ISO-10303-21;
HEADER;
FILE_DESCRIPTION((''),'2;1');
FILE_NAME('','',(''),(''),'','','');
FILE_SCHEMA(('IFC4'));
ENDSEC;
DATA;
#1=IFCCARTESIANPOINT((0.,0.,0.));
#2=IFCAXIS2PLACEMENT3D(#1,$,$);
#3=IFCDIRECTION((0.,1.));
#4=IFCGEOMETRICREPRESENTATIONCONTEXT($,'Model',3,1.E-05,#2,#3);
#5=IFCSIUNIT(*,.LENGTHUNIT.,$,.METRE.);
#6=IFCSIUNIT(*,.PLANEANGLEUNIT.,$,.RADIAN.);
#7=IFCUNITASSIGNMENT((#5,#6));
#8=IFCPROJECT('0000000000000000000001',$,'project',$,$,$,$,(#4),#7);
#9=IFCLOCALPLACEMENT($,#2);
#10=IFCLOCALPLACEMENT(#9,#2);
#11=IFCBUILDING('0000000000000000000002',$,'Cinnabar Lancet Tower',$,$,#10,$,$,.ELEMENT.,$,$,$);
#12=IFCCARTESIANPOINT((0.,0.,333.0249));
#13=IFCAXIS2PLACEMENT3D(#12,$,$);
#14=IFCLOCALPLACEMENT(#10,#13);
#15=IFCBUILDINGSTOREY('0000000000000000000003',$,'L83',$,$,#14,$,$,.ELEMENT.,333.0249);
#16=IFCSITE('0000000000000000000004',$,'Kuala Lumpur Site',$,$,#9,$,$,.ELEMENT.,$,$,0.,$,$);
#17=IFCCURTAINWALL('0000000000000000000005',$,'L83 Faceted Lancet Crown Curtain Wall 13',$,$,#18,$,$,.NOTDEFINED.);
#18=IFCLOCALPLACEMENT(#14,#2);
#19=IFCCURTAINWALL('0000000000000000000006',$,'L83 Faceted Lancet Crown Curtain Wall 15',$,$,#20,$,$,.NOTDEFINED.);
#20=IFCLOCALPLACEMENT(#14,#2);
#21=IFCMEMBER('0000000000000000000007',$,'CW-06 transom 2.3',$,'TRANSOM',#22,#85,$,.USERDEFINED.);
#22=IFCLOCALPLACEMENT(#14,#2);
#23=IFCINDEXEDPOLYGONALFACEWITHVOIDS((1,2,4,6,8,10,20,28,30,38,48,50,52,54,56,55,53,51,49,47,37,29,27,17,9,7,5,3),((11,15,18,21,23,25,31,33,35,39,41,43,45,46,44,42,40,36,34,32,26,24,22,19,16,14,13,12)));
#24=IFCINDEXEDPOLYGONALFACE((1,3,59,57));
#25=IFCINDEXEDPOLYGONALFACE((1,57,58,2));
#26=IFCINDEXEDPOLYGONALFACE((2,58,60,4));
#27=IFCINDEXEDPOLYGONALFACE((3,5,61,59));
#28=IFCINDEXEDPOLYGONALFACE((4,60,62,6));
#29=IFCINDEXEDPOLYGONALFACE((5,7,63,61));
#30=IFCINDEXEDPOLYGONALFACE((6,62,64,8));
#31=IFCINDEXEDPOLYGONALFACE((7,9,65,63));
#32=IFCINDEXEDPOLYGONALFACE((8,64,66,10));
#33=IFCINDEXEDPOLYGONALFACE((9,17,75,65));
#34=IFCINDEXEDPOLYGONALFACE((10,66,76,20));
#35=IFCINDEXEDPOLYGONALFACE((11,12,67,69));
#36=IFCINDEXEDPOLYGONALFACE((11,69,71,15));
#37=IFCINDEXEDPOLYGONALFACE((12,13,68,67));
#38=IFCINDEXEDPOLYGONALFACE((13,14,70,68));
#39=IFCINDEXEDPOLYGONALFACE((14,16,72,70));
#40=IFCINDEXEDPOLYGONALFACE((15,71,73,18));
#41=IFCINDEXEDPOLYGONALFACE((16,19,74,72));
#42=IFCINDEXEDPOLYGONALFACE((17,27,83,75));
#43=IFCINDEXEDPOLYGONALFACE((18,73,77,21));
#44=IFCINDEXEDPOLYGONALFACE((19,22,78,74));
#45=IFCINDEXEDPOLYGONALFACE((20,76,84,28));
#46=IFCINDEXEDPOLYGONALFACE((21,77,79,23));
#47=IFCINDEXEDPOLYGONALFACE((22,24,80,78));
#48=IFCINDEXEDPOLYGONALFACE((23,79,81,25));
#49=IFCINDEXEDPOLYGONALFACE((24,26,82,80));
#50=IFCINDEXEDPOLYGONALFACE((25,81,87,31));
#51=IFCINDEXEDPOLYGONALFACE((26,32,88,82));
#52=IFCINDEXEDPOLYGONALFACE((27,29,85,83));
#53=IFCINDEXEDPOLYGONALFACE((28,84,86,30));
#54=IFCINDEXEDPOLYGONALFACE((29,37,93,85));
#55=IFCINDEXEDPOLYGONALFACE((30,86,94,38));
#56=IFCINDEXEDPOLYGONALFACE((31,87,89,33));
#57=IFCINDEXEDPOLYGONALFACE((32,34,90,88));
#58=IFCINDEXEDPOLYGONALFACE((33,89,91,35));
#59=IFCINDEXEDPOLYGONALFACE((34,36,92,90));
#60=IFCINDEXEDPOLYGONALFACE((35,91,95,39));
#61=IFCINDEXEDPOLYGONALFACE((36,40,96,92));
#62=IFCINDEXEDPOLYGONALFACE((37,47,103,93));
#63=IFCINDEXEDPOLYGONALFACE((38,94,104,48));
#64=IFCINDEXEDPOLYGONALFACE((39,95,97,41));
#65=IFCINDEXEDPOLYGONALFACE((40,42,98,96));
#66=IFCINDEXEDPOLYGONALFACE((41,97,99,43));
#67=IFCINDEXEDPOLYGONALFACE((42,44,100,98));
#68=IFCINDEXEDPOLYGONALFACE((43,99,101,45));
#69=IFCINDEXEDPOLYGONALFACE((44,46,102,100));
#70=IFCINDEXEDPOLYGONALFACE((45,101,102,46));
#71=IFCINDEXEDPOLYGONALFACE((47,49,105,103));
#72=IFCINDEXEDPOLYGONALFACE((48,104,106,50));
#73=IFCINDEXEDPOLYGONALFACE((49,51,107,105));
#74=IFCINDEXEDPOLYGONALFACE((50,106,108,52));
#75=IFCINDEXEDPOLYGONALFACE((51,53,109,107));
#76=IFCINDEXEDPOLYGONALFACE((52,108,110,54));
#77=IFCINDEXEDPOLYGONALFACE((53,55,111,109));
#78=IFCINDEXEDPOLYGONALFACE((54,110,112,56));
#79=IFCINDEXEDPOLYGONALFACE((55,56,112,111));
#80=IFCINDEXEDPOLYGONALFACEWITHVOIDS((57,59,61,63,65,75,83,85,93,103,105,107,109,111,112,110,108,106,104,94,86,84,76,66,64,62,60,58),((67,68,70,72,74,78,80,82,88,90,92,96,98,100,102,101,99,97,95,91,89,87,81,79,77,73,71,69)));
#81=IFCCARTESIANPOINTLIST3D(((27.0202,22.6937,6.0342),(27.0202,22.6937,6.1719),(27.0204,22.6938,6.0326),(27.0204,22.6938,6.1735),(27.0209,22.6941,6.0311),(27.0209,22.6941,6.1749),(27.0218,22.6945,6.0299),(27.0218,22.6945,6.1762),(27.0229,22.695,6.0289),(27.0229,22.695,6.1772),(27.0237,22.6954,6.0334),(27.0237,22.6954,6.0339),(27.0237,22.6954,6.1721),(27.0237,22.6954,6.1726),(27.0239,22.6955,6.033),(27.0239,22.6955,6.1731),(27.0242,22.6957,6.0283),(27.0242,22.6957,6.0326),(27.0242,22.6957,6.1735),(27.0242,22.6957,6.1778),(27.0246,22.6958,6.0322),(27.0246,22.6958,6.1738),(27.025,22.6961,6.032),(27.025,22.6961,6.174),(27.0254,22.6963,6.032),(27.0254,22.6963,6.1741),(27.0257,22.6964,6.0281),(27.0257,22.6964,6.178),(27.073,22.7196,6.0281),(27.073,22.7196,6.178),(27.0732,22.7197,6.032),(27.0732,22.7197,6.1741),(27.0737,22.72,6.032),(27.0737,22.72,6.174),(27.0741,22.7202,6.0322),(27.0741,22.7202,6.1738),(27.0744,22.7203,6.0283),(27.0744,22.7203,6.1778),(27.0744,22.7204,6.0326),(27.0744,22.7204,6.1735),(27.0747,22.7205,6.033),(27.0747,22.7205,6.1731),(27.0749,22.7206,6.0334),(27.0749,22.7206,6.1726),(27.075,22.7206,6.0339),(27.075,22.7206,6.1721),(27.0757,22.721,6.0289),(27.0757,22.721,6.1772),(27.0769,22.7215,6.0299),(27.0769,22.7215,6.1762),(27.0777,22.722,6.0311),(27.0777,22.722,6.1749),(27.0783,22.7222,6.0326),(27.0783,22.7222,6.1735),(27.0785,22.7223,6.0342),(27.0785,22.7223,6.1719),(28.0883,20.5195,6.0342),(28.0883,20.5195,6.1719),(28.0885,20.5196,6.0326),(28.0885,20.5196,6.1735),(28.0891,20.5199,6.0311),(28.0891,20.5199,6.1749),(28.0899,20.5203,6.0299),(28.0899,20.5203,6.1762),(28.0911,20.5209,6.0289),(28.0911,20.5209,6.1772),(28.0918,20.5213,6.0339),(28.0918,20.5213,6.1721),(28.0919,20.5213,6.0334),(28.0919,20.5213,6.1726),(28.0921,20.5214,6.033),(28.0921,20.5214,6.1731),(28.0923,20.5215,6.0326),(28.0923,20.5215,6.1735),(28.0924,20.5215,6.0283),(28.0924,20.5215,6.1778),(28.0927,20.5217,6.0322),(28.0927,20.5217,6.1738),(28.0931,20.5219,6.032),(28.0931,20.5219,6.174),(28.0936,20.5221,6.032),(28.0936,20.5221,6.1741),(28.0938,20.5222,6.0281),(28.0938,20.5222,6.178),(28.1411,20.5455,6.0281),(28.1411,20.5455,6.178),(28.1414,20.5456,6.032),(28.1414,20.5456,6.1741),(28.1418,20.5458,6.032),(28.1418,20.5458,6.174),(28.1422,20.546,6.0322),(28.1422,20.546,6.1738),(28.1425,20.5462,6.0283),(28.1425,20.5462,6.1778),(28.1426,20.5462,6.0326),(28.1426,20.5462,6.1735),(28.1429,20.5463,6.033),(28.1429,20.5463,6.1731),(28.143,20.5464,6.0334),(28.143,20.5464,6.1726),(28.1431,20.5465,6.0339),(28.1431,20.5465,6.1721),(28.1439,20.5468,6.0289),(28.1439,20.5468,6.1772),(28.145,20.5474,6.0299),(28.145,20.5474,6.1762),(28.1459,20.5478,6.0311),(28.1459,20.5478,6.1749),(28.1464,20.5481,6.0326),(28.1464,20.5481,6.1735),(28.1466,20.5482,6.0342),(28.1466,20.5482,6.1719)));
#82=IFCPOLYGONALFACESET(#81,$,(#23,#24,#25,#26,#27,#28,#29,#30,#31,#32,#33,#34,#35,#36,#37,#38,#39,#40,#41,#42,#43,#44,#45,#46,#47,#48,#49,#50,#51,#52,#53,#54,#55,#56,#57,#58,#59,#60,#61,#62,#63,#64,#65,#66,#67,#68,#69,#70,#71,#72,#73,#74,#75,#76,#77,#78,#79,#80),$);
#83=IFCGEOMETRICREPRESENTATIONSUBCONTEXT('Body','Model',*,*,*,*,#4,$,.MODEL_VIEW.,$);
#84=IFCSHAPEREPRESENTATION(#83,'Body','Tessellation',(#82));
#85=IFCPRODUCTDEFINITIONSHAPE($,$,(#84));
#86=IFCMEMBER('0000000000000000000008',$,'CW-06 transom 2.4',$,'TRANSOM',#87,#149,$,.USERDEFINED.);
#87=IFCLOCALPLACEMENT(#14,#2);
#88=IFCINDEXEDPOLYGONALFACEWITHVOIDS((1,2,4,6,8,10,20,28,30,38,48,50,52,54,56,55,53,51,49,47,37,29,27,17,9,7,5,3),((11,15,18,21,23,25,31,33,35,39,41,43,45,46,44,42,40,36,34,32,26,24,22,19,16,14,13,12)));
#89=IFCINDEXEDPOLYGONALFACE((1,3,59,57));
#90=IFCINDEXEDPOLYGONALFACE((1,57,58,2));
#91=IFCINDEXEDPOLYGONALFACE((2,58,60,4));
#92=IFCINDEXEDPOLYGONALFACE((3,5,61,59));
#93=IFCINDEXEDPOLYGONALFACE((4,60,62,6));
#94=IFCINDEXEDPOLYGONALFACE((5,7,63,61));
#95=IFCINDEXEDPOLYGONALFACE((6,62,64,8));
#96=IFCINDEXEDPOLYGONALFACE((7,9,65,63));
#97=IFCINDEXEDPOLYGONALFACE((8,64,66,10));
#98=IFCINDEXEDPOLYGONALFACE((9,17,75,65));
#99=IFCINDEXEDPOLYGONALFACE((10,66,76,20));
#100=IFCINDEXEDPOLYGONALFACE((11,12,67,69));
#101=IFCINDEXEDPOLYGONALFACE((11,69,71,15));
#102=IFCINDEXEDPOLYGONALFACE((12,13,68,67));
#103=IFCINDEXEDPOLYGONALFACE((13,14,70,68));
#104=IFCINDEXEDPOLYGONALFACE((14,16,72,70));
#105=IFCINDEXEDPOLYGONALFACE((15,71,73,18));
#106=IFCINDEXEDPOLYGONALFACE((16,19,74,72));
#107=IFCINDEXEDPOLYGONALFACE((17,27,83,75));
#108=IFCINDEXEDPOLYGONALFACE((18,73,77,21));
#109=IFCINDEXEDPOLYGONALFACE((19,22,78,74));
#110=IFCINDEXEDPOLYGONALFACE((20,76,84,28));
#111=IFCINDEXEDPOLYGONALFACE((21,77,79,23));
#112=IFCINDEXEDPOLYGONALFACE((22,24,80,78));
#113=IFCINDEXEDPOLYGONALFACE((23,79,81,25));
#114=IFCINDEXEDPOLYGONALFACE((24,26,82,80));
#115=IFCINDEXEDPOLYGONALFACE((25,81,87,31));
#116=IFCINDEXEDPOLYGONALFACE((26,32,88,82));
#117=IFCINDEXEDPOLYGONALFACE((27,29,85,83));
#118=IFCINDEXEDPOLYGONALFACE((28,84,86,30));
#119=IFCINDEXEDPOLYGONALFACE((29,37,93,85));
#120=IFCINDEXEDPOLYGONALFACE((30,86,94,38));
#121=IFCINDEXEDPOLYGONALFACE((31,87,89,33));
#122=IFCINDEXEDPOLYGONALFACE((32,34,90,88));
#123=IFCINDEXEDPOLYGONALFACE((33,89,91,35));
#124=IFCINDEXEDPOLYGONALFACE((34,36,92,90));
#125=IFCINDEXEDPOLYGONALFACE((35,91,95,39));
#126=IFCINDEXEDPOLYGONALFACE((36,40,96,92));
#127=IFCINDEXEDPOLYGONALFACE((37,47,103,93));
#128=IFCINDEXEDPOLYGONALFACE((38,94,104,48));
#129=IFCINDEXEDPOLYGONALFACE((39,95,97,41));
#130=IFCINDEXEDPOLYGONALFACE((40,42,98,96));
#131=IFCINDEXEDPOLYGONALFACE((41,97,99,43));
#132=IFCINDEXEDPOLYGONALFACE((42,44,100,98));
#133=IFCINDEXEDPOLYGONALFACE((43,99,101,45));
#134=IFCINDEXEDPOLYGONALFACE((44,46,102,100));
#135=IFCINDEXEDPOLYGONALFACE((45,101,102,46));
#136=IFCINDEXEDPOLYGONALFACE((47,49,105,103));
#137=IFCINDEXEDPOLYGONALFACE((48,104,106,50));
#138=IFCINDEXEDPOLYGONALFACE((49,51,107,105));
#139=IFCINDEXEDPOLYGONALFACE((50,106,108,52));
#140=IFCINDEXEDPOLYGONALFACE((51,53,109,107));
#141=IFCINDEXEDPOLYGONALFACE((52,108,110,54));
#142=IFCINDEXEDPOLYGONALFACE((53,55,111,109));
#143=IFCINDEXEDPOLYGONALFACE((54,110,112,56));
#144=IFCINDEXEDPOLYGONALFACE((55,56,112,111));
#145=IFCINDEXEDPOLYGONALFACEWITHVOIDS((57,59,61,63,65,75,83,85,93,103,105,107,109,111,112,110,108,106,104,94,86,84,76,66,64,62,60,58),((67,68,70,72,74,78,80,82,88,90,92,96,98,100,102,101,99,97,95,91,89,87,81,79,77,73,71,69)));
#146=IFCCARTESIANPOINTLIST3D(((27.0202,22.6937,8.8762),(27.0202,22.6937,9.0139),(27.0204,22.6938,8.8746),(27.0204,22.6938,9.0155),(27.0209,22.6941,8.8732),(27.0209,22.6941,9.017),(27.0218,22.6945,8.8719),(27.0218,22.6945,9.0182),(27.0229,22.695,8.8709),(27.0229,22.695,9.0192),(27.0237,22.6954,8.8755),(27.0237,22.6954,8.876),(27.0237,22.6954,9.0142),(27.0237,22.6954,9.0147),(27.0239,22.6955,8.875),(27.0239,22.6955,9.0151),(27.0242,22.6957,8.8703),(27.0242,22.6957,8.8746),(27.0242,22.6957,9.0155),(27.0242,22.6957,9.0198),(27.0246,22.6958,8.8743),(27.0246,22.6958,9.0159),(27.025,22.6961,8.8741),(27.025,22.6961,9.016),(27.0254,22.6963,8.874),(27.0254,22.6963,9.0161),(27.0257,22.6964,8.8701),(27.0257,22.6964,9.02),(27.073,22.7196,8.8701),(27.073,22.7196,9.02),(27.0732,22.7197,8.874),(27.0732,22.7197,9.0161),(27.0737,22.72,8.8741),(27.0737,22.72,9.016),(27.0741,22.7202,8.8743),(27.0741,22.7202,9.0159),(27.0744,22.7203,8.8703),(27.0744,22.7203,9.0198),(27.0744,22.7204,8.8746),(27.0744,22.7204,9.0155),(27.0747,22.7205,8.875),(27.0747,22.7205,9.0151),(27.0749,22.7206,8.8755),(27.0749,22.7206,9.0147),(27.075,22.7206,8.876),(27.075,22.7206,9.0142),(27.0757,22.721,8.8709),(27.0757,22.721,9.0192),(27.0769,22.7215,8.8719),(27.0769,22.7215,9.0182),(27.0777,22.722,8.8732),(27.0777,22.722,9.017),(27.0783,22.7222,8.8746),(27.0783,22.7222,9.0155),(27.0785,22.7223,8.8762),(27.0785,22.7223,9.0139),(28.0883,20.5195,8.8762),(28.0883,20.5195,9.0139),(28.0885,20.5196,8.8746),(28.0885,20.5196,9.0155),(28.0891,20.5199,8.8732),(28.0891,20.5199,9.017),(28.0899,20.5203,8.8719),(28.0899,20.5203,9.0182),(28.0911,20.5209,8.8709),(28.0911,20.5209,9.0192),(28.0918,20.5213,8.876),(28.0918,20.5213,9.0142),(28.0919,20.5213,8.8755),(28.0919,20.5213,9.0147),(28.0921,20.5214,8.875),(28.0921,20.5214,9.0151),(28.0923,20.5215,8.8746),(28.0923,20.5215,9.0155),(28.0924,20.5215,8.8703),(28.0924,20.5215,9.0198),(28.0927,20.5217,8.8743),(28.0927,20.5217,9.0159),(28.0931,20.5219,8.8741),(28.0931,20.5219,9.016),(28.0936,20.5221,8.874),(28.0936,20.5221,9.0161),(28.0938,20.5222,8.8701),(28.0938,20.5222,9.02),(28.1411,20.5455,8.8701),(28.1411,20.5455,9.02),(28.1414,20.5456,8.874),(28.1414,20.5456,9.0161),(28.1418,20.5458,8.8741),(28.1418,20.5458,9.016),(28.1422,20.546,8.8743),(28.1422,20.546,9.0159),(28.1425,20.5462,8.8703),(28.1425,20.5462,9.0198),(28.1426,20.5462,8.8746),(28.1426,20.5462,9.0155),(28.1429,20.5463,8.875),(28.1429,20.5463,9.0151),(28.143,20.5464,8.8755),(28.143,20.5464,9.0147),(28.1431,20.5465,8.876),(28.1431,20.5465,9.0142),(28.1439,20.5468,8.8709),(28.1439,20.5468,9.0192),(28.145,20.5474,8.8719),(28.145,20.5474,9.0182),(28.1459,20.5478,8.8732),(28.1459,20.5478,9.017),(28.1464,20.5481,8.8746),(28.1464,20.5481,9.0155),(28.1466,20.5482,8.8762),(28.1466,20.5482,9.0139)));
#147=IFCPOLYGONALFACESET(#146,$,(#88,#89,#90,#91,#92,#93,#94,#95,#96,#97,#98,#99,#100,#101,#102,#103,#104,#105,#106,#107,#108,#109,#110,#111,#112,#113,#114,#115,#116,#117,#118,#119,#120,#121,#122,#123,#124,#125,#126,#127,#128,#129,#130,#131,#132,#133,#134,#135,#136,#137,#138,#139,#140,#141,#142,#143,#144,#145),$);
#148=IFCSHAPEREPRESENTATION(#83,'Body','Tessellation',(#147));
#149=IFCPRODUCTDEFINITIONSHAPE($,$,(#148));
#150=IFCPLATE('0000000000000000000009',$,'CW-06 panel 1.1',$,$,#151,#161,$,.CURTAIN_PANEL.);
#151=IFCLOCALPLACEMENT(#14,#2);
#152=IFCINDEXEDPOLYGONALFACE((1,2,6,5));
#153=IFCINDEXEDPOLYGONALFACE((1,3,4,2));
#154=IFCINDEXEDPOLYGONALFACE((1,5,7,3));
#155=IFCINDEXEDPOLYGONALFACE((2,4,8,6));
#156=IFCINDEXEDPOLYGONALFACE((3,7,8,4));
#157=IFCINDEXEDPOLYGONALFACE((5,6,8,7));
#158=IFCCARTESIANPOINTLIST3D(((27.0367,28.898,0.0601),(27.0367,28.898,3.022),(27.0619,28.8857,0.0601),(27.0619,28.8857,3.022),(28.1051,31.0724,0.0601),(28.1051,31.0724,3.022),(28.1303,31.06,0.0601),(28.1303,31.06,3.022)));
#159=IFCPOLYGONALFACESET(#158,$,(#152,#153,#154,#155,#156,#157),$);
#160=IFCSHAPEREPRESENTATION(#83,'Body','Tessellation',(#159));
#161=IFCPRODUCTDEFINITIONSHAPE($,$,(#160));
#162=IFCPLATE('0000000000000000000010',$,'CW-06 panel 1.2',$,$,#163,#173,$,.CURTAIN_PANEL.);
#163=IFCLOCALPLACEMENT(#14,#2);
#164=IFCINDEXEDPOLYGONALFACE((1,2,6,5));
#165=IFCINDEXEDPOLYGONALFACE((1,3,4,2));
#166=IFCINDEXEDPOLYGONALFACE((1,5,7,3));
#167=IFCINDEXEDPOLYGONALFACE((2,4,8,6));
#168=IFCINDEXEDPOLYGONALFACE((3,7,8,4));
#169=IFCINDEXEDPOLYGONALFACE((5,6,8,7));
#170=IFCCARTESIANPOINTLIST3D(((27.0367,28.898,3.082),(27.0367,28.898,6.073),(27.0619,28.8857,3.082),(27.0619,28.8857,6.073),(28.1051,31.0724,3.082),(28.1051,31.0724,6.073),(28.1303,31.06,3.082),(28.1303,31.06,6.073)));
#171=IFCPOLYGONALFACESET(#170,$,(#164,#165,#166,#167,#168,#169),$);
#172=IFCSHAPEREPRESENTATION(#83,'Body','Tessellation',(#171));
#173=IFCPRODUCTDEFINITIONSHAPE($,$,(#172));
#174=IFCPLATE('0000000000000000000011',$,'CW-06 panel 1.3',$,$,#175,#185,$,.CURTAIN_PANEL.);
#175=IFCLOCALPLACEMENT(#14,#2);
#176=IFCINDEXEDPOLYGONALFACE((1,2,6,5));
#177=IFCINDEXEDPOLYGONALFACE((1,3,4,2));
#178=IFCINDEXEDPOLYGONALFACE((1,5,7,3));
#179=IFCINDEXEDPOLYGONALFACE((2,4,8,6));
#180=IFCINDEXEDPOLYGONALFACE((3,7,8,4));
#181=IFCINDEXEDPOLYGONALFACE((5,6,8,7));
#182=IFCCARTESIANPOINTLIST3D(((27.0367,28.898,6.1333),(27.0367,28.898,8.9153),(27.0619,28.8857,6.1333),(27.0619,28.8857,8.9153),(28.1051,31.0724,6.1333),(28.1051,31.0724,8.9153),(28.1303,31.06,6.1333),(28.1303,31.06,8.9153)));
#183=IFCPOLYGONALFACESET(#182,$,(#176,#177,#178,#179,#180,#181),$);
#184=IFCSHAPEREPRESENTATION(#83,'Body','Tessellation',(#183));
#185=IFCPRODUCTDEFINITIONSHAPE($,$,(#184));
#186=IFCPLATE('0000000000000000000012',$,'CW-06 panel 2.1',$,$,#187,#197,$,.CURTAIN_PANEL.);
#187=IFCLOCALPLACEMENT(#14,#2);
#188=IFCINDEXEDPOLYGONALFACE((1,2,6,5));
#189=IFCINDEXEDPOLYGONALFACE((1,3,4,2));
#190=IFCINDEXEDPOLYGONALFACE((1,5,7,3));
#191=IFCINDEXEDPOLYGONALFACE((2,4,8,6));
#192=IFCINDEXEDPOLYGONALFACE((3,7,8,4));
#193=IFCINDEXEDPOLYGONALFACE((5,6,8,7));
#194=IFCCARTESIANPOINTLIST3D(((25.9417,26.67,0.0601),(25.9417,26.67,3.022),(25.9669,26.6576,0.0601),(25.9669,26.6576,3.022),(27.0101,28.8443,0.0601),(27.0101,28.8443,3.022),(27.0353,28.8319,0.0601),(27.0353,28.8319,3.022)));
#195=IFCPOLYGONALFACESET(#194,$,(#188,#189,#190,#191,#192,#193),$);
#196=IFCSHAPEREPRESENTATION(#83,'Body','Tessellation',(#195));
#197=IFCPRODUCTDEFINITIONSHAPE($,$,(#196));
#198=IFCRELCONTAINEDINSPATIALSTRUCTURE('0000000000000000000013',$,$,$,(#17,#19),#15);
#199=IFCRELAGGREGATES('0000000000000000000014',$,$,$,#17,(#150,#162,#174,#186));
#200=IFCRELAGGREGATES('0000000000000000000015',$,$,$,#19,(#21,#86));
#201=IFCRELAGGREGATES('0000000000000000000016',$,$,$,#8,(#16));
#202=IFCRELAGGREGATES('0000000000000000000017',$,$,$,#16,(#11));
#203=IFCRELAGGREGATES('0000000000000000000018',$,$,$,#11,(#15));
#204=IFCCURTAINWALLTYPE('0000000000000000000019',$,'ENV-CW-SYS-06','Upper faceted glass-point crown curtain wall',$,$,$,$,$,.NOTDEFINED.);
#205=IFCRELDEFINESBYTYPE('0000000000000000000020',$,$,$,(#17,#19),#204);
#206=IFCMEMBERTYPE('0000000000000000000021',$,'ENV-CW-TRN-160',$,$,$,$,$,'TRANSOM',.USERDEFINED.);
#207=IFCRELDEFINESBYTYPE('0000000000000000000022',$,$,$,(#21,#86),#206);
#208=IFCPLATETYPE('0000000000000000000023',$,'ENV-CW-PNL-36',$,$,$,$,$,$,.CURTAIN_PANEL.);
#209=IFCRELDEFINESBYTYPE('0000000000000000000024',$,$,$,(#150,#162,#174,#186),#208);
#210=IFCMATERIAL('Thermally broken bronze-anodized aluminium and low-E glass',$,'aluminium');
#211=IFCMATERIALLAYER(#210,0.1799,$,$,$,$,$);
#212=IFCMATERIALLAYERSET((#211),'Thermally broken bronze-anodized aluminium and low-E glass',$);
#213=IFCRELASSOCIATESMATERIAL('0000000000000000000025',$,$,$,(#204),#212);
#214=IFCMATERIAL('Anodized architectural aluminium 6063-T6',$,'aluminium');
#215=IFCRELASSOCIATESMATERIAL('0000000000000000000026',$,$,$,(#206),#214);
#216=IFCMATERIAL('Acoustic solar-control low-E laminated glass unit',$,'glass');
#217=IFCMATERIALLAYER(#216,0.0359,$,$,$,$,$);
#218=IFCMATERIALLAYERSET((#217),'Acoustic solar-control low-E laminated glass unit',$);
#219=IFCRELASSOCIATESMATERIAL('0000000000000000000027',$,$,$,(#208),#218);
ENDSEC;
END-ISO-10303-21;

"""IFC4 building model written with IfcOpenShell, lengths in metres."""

from ifc_helpers import new_model, si_unit, direction, frame, origin, origin_2d, place, context, subcontext, project, spatial, rectangle, hollow_rectangle, extrude, material, layer, layer_set, material_profile, profile_set, type_object, element, aggregate, save


model = new_model("IFC4")

# Units and contexts
model_context = context("Model", 3, precision=1e-05, world=origin(), true_north=direction((0.0, 1.0)))
body_context = subcontext(model_context, "Body", "Model", "MODEL_VIEW")
ifc_project = project(units=[si_unit("LENGTHUNIT", "METRE"), si_unit("PLANEANGLEUNIT", "RADIAN")], contexts=[model_context])

# Site, building, storey
site_placement = place(None, origin())
site = spatial("IfcSite", under=ifc_project, at=site_placement, Name="Kuala Lumpur Site", CompositionType="ELEMENT", RefElevation=0.0)
building_placement = place(site_placement, origin())
building = spatial("IfcBuilding", under=site, at=building_placement, Name="Cinnabar Lancet Tower", CompositionType="ELEMENT")
storey_placement = place(building_placement, frame((0.0, 0.0, 333.0249)))
storey = spatial("IfcBuildingStorey", under=building, at=storey_placement, Name="L83", CompositionType="ELEMENT", Elevation=333.0249)

# Curtain walls
ifc_material_1 = material(Name="Thermally broken bronze-anodized aluminium and low-E glass", Category="aluminium")
ifc_layer_1 = layer(ifc_material_1, 0.1799)
ifc_layer_set_1 = layer_set([ifc_layer_1], Name="Thermally broken bronze-anodized aluminium and low-E glass")
curtain_wall_type = type_object("IfcCurtainWallType", Name="ENV-CW-SYS-06", Description="Upper faceted glass-point crown curtain wall", PredefinedType="NOTDEFINED", material=ifc_layer_set_1)
curtain_wall_1_placement = place(storey_placement, origin())
curtain_wall_1 = element("IfcCurtainWall", 1, at=curtain_wall_1_placement, inside=storey, type_object=curtain_wall_type, Name="L83 Faceted Lancet Crown Curtain Wall 13", PredefinedType="NOTDEFINED")
curtain_wall_2_placement = place(storey_placement, origin())
curtain_wall_2 = element("IfcCurtainWall", 2, at=curtain_wall_2_placement, inside=storey, type_object=curtain_wall_type, Name="L83 Faceted Lancet Crown Curtain Wall 15", PredefinedType="NOTDEFINED")

# Members
ifc_material_2 = material(Name="Anodized architectural aluminium 6063-T6", Category="aluminium")
ifc_material_profile_1 = material_profile(ifc_material_2, hollow_rectangle(XDim=0.0649, YDim=0.1499, WallThickness=0.0039, InnerFilletRadius=0.002, OuterFilletRadius=0.0061, at=origin_2d()), Name="CW-TRN 150x65x4")
ifc_profile_set_1 = profile_set([ifc_material_profile_1], Name="Anodized architectural aluminium 6063-T6")
member_type_1 = type_object("IfcMemberType", Name="ENV-CW-TRN-160", ElementType="TRANSOM", PredefinedType="USERDEFINED", material=ifc_profile_set_1)
member_1_placement = place(storey_placement, frame((27.0493, 22.708, 6.103), z_axis=(0.440954, -0.89753, 0.0), x_axis=(0.89753, 0.440954, 0.0)))
member_1 = element("IfcMember", 3, at=member_1_placement, type_object=member_type_1, Name="CW-06 transom 2.3", ObjectType="TRANSOM", PredefinedType="USERDEFINED", context=body_context, shape_type="SweptSolid", body=[
    extrude(hollow_rectangle(XDim=0.0649, YDim=0.1499, WallThickness=0.0039, InnerFilletRadius=0.002, OuterFilletRadius=0.0061, at=origin_2d()), origin(), (0.0, 0.0, 1.0), 2.4224),
])
member_2_placement = place(storey_placement, frame((27.0493, 22.708, 8.9451), z_axis=(0.440954, -0.89753, 0.0), x_axis=(0.89753, 0.440954, 0.0)))
member_2 = element("IfcMember", 4, at=member_2_placement, type_object=member_type_1, Name="CW-06 transom 2.4", ObjectType="TRANSOM", PredefinedType="USERDEFINED", context=body_context, shape_type="SweptSolid", body=[
    extrude(hollow_rectangle(XDim=0.0649, YDim=0.1499, WallThickness=0.0039, InnerFilletRadius=0.002, OuterFilletRadius=0.0061, at=origin_2d()), origin(), (0.0, 0.0, 1.0), 2.4224),
])

# Plates
ifc_material_3 = material(Name="Acoustic solar-control low-E laminated glass unit", Category="glass")
ifc_layer_2 = layer(ifc_material_3, 0.0359)
ifc_layer_set_2 = layer_set([ifc_layer_2], Name="Acoustic solar-control low-E laminated glass unit")
plate_type = type_object("IfcPlateType", Name="ENV-CW-PNL-36", PredefinedType="CURTAIN_PANEL", material=ifc_layer_set_2)
plate_1_placement = place(storey_placement, frame((27.5835, 29.979, 0.0601), z_axis=(0.0, 0.0, 1.0), x_axis=(-0.440994, -0.89751, 0.0)))
plate_1 = element("IfcPlate", 5, at=plate_1_placement, type_object=plate_type, Name="CW-06 panel 1.1", PredefinedType="CURTAIN_PANEL", context=body_context, shape_type="SweptSolid", body=[
    extrude(rectangle(XDim=2.4226, YDim=0.0281, at=origin_2d()), origin(), (0.0, 0.0, 1.0), 2.9619),
])
plate_2_placement = place(storey_placement, frame((27.5835, 29.979, 3.082), z_axis=(0.0, 0.0, 1.0), x_axis=(-0.440994, -0.89751, 0.0)))
plate_2 = element("IfcPlate", 6, at=plate_2_placement, type_object=plate_type, Name="CW-06 panel 1.2", PredefinedType="CURTAIN_PANEL", context=body_context, shape_type="SweptSolid", body=[
    extrude(rectangle(XDim=2.4226, YDim=0.0281, at=origin_2d()), origin(), (0.0, 0.0, 1.0), 2.991),
])
plate_3_placement = place(storey_placement, frame((27.5835, 29.979, 6.1333), z_axis=(0.0, 0.0, 1.0), x_axis=(-0.440994, -0.89751, 0.0)))
plate_3 = element("IfcPlate", 7, at=plate_3_placement, type_object=plate_type, Name="CW-06 panel 1.3", PredefinedType="CURTAIN_PANEL", context=body_context, shape_type="SweptSolid", body=[
    extrude(rectangle(XDim=2.4226, YDim=0.0281, at=origin_2d()), origin(), (0.0, 0.0, 1.0), 2.782),
])
plate_4_placement = place(storey_placement, frame((26.4885, 27.751, 0.0601), z_axis=(0.0, 0.0, 1.0), x_axis=(-0.440994, -0.89751, 0.0)))
plate_4 = element("IfcPlate", 8, at=plate_4_placement, type_object=plate_type, Name="CW-06 panel 2.1", PredefinedType="CURTAIN_PANEL", context=body_context, shape_type="SweptSolid", body=[
    extrude(rectangle(XDim=2.4226, YDim=0.0281, at=origin_2d()), origin(), (0.0, 0.0, 1.0), 2.9619),
])
aggregate(curtain_wall_1, [plate_1, plate_2, plate_3, plate_4])
aggregate(curtain_wall_2, [member_1, member_2])

save(model, "model.ifc")
